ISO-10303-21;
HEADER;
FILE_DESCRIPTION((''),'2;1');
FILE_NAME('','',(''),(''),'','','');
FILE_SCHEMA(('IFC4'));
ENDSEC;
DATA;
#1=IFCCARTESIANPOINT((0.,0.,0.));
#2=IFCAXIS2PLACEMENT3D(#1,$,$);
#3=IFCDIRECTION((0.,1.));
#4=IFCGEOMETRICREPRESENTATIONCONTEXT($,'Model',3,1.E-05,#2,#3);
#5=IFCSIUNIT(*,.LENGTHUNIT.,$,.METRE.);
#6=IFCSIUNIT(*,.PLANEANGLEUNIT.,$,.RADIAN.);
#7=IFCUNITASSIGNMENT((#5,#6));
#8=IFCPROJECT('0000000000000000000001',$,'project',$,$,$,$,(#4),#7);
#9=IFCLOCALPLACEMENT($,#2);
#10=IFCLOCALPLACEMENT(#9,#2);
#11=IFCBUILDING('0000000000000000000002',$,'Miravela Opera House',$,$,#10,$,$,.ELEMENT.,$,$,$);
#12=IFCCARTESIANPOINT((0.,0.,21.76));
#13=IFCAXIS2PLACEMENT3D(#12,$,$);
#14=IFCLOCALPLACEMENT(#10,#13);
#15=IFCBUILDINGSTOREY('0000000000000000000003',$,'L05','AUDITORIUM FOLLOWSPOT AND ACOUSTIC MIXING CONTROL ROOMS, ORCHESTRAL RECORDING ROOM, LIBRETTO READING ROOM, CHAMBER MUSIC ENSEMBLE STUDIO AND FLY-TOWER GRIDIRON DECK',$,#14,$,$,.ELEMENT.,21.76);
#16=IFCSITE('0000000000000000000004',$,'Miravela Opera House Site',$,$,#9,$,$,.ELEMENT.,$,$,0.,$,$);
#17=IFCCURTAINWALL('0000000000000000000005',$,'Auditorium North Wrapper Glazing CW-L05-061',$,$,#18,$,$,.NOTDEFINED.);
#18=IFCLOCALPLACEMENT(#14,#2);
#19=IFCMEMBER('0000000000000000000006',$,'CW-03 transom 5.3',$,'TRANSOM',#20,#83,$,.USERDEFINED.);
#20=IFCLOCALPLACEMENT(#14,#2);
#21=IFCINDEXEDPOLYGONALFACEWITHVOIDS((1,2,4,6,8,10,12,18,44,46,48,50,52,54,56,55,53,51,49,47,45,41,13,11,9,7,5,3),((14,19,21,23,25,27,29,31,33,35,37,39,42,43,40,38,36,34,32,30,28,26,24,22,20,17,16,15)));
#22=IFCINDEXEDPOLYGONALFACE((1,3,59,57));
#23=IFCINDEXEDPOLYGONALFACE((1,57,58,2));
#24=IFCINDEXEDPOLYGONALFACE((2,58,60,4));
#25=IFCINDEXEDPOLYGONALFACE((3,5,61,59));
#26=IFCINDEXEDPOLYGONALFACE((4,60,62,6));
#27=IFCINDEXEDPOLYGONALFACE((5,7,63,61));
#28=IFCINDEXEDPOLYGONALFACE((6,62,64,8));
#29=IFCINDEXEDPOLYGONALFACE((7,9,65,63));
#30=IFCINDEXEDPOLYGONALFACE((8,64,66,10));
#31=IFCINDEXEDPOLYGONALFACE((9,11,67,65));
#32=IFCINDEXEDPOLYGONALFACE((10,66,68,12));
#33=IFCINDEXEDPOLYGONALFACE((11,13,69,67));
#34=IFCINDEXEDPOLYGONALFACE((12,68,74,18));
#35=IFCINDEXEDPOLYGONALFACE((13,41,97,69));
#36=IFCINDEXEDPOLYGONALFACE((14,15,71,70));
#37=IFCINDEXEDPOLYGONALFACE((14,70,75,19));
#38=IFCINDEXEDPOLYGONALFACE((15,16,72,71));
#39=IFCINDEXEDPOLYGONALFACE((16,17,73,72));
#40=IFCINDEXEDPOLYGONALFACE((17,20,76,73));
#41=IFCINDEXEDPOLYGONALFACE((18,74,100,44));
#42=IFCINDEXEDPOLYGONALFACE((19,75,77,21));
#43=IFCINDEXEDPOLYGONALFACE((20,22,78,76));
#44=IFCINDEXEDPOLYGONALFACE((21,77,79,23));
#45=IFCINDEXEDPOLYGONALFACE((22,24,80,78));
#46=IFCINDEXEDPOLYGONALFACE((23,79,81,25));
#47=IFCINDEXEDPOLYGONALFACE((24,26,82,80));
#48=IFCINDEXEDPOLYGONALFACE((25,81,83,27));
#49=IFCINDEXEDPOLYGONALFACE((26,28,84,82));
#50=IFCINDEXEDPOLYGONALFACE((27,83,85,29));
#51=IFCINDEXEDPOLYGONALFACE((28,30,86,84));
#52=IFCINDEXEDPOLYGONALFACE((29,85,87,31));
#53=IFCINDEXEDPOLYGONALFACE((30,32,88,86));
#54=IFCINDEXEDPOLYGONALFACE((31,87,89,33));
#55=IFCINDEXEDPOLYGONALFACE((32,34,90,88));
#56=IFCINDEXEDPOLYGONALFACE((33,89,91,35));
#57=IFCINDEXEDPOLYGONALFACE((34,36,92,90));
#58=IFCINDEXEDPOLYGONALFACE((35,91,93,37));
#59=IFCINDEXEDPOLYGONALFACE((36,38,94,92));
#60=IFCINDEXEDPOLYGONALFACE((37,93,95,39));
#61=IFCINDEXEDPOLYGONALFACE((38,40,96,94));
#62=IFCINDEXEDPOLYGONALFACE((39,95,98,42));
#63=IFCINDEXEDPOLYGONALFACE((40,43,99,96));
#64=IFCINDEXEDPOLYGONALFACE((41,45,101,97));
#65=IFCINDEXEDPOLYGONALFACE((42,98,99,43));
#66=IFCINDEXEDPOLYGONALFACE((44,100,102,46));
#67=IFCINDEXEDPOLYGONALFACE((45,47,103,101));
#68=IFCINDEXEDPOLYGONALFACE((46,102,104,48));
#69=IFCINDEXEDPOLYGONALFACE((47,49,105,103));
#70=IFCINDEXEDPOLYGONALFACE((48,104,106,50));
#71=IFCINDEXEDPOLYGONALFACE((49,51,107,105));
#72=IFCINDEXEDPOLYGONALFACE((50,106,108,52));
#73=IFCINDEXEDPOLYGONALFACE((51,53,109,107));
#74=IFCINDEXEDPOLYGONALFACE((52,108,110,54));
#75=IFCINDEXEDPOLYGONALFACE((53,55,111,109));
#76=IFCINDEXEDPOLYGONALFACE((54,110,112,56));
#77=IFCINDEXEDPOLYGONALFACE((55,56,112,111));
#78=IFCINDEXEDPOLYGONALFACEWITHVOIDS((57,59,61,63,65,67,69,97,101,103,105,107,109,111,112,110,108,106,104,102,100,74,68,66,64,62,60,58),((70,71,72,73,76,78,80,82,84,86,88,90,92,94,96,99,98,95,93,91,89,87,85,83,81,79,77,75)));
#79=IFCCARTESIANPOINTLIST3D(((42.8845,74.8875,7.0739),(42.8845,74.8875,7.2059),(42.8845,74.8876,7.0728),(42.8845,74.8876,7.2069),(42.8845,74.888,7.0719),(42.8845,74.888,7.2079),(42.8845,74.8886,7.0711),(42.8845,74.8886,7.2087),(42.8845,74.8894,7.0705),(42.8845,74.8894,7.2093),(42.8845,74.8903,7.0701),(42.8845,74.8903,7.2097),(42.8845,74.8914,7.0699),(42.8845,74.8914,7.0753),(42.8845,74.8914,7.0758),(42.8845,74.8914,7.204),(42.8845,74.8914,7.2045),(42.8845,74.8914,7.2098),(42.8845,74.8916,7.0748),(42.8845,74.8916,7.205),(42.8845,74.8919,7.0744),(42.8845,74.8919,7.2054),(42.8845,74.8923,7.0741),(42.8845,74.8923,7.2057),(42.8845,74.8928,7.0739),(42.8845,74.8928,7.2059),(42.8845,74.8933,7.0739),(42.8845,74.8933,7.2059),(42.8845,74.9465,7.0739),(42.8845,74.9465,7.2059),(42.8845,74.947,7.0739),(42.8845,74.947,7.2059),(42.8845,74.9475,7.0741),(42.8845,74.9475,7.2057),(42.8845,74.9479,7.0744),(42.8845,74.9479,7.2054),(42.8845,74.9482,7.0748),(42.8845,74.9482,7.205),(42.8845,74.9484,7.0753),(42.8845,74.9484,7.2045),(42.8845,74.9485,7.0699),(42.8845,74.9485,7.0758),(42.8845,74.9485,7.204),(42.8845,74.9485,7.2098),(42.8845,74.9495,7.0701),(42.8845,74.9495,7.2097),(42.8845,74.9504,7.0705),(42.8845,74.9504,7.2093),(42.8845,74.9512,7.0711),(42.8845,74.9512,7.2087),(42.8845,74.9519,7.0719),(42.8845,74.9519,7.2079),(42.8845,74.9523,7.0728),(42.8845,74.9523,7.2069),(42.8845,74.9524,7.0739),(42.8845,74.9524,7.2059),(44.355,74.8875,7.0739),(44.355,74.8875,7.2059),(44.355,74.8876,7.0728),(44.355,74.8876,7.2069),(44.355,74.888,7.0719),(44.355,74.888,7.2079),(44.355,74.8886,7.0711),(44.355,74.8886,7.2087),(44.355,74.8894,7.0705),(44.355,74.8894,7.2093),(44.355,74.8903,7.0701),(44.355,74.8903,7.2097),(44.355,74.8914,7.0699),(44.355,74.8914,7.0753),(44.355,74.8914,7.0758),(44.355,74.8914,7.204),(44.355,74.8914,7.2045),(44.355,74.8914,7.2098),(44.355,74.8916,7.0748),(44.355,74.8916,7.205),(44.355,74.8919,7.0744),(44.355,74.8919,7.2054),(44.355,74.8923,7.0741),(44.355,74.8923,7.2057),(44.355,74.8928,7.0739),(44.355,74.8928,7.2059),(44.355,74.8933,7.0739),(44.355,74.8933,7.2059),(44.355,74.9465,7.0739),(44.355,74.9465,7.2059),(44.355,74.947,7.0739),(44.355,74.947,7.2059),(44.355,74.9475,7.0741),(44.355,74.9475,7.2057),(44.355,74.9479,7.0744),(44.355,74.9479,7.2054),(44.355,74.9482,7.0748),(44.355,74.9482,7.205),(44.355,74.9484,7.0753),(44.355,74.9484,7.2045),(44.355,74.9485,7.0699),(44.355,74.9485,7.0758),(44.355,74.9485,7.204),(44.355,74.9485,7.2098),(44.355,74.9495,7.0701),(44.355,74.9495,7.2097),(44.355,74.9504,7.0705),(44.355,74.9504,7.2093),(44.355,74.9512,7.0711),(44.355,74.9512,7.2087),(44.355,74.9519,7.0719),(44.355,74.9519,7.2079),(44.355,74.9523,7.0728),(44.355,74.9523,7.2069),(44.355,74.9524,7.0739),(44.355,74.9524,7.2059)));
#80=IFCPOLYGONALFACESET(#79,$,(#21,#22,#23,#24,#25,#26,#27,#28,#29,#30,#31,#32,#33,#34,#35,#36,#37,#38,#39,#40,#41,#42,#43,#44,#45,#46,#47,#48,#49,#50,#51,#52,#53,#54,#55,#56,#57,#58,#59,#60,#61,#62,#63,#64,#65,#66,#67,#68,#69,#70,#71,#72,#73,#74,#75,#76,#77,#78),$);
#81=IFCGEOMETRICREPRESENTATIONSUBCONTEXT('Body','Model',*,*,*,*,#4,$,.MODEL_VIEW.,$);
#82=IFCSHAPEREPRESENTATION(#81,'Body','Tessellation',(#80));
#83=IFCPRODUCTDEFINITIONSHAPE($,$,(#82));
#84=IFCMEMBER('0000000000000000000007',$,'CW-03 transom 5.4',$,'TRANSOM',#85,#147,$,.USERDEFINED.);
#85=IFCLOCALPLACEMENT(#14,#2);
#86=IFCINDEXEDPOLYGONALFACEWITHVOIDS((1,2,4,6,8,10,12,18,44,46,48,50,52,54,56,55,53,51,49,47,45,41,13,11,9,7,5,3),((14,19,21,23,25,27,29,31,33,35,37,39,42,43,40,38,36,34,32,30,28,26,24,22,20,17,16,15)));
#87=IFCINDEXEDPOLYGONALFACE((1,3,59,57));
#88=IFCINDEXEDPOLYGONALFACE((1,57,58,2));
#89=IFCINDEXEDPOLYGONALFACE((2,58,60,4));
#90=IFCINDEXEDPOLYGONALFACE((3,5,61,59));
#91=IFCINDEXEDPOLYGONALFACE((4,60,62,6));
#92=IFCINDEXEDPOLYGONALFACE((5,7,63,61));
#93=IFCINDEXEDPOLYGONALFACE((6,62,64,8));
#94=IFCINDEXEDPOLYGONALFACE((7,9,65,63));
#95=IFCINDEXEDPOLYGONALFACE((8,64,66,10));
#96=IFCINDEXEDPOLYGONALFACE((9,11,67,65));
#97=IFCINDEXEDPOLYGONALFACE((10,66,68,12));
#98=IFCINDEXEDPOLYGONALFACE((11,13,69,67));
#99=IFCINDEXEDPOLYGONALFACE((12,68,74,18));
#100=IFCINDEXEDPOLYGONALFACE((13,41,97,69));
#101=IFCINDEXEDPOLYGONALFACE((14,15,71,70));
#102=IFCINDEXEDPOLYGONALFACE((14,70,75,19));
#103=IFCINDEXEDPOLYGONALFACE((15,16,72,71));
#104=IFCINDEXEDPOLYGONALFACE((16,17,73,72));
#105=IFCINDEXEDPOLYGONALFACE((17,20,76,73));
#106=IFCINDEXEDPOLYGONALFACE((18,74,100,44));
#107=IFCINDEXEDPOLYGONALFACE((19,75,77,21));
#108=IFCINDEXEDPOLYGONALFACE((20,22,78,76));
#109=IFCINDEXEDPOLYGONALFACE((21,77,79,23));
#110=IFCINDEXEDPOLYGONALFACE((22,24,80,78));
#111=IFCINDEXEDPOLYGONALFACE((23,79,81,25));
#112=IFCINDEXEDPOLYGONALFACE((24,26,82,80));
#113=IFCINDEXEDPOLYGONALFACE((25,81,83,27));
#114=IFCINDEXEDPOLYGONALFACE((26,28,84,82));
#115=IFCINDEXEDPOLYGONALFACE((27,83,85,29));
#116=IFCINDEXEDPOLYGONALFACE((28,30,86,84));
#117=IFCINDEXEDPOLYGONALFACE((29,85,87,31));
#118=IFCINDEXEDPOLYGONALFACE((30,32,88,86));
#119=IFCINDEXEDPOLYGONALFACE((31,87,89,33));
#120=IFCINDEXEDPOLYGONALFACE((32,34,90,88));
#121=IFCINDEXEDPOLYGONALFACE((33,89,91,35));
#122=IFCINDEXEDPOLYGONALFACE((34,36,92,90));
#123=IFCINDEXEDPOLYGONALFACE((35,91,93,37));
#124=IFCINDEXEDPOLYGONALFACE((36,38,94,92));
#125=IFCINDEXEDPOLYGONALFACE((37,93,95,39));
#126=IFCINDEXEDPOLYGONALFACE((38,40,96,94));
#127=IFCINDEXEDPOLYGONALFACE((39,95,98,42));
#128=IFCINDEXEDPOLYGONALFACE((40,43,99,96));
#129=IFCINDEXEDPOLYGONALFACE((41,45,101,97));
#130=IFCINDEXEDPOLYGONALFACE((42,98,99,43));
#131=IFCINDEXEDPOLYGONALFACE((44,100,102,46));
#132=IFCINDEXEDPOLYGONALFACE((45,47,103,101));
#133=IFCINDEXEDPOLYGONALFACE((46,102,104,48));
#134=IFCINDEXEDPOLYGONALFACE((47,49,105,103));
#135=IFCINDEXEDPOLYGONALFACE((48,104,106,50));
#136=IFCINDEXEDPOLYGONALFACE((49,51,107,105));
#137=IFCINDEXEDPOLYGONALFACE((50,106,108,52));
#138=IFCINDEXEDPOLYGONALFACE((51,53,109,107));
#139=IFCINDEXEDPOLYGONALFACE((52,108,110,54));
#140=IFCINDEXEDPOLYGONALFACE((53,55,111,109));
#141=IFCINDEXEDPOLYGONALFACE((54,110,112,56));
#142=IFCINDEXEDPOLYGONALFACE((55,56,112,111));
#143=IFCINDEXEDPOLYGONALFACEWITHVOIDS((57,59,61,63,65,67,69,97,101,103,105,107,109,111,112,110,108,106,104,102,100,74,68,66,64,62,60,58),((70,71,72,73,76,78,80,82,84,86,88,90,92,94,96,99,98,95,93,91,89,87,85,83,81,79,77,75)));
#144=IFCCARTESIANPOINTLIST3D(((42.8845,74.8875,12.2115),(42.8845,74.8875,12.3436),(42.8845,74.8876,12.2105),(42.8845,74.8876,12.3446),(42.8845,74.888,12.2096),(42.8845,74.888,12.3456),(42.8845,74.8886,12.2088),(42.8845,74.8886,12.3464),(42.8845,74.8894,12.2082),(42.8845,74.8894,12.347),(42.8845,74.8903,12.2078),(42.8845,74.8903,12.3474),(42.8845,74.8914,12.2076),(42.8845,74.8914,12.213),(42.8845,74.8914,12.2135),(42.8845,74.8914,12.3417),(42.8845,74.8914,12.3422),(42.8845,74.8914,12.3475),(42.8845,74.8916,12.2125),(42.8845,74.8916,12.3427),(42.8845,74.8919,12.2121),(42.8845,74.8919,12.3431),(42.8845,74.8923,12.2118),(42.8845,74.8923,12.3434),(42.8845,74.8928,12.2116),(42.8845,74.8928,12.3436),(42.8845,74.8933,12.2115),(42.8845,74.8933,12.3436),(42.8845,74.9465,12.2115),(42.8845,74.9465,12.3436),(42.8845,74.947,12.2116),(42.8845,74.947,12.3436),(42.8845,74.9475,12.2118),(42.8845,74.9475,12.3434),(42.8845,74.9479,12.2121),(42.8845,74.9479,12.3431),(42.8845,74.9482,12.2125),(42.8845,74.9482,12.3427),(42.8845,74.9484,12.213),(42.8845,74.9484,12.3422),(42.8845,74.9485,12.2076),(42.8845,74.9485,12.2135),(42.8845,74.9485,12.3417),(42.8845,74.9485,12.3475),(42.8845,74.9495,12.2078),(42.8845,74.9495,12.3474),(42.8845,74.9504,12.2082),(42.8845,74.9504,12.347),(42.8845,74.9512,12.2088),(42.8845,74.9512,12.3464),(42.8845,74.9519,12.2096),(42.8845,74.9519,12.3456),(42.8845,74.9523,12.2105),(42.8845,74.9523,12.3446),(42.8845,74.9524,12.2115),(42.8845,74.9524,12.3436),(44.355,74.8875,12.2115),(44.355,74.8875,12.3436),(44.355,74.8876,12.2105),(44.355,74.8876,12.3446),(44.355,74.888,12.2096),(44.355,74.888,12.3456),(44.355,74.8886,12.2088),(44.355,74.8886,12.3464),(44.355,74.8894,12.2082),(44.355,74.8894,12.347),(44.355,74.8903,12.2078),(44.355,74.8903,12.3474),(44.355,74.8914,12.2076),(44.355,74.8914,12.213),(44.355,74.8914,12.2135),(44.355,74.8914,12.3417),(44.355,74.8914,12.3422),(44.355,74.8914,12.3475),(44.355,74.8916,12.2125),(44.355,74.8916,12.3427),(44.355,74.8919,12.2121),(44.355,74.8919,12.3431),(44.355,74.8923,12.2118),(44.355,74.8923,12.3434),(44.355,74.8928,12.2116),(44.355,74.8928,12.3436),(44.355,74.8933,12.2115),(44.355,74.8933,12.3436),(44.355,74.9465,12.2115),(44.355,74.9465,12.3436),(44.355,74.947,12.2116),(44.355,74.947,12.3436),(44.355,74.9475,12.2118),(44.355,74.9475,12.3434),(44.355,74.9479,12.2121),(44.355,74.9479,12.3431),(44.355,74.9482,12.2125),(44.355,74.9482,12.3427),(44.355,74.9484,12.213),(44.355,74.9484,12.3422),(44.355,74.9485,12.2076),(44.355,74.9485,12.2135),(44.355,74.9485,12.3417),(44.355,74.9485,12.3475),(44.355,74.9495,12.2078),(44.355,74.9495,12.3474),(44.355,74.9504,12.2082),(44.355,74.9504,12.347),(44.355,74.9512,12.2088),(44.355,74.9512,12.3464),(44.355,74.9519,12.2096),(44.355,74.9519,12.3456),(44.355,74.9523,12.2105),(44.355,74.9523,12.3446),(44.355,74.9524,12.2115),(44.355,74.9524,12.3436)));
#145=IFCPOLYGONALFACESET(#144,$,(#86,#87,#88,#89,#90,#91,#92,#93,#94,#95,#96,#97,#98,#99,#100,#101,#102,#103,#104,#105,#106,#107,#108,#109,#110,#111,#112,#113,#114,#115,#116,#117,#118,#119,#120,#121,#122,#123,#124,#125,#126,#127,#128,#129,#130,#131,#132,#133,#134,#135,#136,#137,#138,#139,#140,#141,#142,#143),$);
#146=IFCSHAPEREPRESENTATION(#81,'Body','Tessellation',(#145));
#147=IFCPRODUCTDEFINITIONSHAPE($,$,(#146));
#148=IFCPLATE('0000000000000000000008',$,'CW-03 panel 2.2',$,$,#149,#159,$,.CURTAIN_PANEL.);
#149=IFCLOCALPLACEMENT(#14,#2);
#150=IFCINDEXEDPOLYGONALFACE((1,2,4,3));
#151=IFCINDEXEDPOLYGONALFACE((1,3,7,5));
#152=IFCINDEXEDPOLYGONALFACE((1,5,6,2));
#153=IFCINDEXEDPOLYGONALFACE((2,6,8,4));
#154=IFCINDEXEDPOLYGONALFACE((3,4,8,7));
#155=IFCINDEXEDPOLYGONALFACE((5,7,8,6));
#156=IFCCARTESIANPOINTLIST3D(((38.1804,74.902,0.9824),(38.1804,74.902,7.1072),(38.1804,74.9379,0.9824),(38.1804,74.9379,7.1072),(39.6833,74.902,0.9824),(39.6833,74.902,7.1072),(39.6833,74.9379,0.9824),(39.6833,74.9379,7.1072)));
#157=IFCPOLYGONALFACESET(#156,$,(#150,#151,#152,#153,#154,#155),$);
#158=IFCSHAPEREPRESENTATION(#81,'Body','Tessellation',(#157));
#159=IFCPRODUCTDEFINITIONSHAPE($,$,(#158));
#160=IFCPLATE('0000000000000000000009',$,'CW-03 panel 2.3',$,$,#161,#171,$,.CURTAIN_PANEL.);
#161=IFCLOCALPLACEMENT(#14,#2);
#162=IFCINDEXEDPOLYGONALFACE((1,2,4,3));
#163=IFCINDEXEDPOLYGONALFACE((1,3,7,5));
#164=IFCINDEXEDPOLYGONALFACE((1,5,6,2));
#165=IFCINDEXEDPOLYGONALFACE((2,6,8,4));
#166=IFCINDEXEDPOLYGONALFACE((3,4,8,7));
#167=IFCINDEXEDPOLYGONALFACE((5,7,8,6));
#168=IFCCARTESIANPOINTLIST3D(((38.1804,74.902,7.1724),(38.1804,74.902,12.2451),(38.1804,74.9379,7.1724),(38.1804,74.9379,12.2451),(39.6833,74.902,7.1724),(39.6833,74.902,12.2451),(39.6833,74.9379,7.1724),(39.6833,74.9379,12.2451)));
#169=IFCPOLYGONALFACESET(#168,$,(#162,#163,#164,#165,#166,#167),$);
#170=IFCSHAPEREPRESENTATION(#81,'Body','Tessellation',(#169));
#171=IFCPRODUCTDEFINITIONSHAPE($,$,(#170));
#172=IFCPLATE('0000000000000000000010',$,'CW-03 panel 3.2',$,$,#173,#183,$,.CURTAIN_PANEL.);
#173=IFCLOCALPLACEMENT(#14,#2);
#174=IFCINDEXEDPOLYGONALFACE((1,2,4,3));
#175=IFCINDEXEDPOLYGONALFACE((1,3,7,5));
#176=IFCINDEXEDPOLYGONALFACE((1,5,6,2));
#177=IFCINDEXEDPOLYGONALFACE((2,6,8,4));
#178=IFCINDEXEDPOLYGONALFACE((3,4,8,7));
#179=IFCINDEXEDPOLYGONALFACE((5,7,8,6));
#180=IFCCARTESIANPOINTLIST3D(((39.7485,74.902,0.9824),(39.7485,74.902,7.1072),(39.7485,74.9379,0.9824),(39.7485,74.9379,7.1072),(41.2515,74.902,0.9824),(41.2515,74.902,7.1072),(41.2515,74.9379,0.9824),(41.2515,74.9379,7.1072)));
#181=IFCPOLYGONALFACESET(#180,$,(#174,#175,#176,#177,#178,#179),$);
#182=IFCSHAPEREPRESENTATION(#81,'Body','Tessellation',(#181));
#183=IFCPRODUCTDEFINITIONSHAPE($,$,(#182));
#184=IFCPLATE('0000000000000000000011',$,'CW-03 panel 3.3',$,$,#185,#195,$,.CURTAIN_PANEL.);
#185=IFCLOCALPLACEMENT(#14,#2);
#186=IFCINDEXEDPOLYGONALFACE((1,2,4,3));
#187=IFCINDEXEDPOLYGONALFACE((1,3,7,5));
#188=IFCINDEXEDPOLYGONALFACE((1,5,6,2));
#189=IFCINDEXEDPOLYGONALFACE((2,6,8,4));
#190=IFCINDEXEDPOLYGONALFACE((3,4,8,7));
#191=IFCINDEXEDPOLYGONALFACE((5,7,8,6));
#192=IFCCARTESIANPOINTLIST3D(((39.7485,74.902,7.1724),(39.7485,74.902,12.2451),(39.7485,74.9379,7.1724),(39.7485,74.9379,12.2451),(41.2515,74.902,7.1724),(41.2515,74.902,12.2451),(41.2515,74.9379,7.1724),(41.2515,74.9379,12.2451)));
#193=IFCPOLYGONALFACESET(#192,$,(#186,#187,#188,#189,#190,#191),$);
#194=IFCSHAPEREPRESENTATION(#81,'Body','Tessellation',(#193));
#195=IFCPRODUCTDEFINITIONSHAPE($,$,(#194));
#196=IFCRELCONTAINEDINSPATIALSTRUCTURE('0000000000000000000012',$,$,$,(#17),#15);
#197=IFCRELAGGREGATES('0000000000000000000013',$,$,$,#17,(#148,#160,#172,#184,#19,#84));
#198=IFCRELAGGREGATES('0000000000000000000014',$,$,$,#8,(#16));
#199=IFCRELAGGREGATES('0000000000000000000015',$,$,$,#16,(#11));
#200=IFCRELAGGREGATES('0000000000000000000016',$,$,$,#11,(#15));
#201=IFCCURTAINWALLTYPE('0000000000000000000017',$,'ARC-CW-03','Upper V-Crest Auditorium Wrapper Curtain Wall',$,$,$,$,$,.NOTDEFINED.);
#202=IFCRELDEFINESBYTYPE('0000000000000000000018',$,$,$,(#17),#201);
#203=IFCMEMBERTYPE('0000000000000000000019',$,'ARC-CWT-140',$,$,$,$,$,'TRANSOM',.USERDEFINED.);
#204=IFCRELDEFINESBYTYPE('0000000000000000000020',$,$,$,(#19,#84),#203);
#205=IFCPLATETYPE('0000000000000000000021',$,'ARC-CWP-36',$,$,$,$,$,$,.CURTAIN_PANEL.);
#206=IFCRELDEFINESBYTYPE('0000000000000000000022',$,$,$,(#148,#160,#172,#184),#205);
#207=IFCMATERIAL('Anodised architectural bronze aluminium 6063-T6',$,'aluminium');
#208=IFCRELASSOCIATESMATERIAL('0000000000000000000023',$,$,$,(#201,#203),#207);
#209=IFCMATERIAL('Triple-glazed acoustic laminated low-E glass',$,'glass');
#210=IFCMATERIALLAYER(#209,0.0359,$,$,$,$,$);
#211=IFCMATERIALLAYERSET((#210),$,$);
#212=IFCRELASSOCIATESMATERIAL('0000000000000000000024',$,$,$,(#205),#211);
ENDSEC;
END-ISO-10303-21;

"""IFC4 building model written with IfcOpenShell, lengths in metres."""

from ifc_helpers import new_model, si_unit, direction, frame, origin, origin_2d, place, context, subcontext, project, spatial, rectangle, hollow_rectangle, extrude, material, layer, layer_set, material_profile, profile_set, type_object, element, aggregate, save


model = new_model("IFC4")

# Units and contexts
model_context = context("Model", 3, precision=1e-05, world=origin(), true_north=direction((0.0, 1.0)))
body_context = subcontext(model_context, "Body", "Model", "MODEL_VIEW")
ifc_project = project(units=[si_unit("LENGTHUNIT", "METRE"), si_unit("PLANEANGLEUNIT", "RADIAN")], contexts=[model_context])

# Site, building, storey
site_placement = place(None, origin())
site = spatial("IfcSite", under=ifc_project, at=site_placement, Name="Miravela Opera House Site", CompositionType="ELEMENT", RefElevation=0.0)
building_placement = place(site_placement, origin())
building = spatial("IfcBuilding", under=site, at=building_placement, Name="Miravela Opera House", CompositionType="ELEMENT")
storey_placement = place(building_placement, frame((0.0, 0.0, 21.76)))
storey = spatial("IfcBuildingStorey", under=building, at=storey_placement, Name="L05", Description="AUDITORIUM FOLLOWSPOT AND ACOUSTIC MIXING CONTROL ROOMS, ORCHESTRAL RECORDING ROOM, LIBRETTO READING ROOM, CHAMBER MUSIC ENSEMBLE STUDIO AND FLY-TOWER GRIDIRON DECK", CompositionType="ELEMENT", Elevation=21.76)

# Curtain wall, members, plates
ifc_material_1 = material(Name="Anodised architectural bronze aluminium 6063-T6", Category="aluminium")
curtain_wall_type = type_object("IfcCurtainWallType", Name="ARC-CW-03", Description="Upper V-Crest Auditorium Wrapper Curtain Wall", PredefinedType="NOTDEFINED", material=ifc_material_1)
curtain_wall_placement = place(storey_placement, origin())
curtain_wall = element("IfcCurtainWall", 1, at=curtain_wall_placement, inside=storey, type_object=curtain_wall_type, Name="Auditorium North Wrapper Glazing CW-L05-061", PredefinedType="NOTDEFINED")
ifc_material_profile = material_profile(ifc_material_1, hollow_rectangle(XDim=0.0649, YDim=0.1399, WallThickness=0.0039, InnerFilletRadius=0.002, OuterFilletRadius=0.0039, at=origin_2d()), Name="CWT-65X140")
ifc_profile_set = profile_set([ifc_material_profile])
member_type = type_object("IfcMemberType", Name="ARC-CWT-140", ElementType="TRANSOM", PredefinedType="USERDEFINED", material=ifc_profile_set)
member_1_placement = place(storey_placement, frame((42.8845, 74.9199, 7.1399), z_axis=(1.0, 0.0, 0.0), x_axis=(0.0, 1.0, 0.0)))
member_1 = element("IfcMember", 2, at=member_1_placement, type_object=member_type, Name="CW-03 transom 5.3", ObjectType="TRANSOM", PredefinedType="USERDEFINED", context=body_context, shape_type="SweptSolid", body=[
    extrude(hollow_rectangle(XDim=0.0649, YDim=0.1399, WallThickness=0.0039, InnerFilletRadius=0.002, OuterFilletRadius=0.0039, at=origin_2d()), origin(), (0.0, 0.0, 1.0), 1.4705),
])
member_2_placement = place(storey_placement, frame((42.8845, 74.9199, 12.2776), z_axis=(1.0, 0.0, 0.0), x_axis=(0.0, 1.0, 0.0)))
member_2 = element("IfcMember", 3, at=member_2_placement, type_object=member_type, Name="CW-03 transom 5.4", ObjectType="TRANSOM", PredefinedType="USERDEFINED", context=body_context, shape_type="SweptSolid", body=[
    extrude(hollow_rectangle(XDim=0.0649, YDim=0.1399, WallThickness=0.0039, InnerFilletRadius=0.002, OuterFilletRadius=0.0039, at=origin_2d()), origin(), (0.0, 0.0, 1.0), 1.4705),
])
ifc_material_2 = material(Name="Triple-glazed acoustic laminated low-E glass", Category="glass")
ifc_layer_1 = layer(ifc_material_2, 0.0359)
ifc_layer_set_1 = layer_set([ifc_layer_1])
plate_type_1 = type_object("IfcPlateType", Name="ARC-CWP-36", PredefinedType="CURTAIN_PANEL", material=ifc_layer_set_1)
plate_1_placement = place(storey_placement, frame((38.9319, 74.9199, 0.9824), z_axis=(0.0, 0.0, 1.0), x_axis=(1.0, 0.0, 0.0)))
plate_1 = element("IfcPlate", 4, at=plate_1_placement, type_object=plate_type_1, Name="CW-03 panel 2.2", PredefinedType="CURTAIN_PANEL", context=body_context, shape_type="SweptSolid", body=[
    extrude(rectangle(XDim=1.5029, YDim=0.0359, at=origin_2d()), origin(), (0.0, 0.0, 1.0), 6.1248),
])
plate_2_placement = place(storey_placement, frame((38.9319, 74.9199, 7.1724), z_axis=(0.0, 0.0, 1.0), x_axis=(1.0, 0.0, 0.0)))
plate_2 = element("IfcPlate", 5, at=plate_2_placement, type_object=plate_type_1, Name="CW-03 panel 2.3", PredefinedType="CURTAIN_PANEL", context=body_context, shape_type="SweptSolid", body=[
    extrude(rectangle(XDim=1.5029, YDim=0.0359, at=origin_2d()), origin(), (0.0, 0.0, 1.0), 5.0728),
])
plate_3_placement = place(storey_placement, frame((40.5, 74.9199, 0.9824), z_axis=(0.0, 0.0, 1.0), x_axis=(1.0, 0.0, 0.0)))
plate_3 = element("IfcPlate", 6, at=plate_3_placement, type_object=plate_type_1, Name="CW-03 panel 3.2", PredefinedType="CURTAIN_PANEL", context=body_context, shape_type="SweptSolid", body=[
    extrude(rectangle(XDim=1.5029, YDim=0.0359, at=origin_2d()), origin(), (0.0, 0.0, 1.0), 6.1248),
])
plate_4_placement = place(storey_placement, frame((40.5, 74.9199, 7.1724), z_axis=(0.0, 0.0, 1.0), x_axis=(1.0, 0.0, 0.0)))
plate_4 = element("IfcPlate", 7, at=plate_4_placement, type_object=plate_type_1, Name="CW-03 panel 3.3", PredefinedType="CURTAIN_PANEL", context=body_context, shape_type="SweptSolid", body=[
    extrude(rectangle(XDim=1.5029, YDim=0.0359, at=origin_2d()), origin(), (0.0, 0.0, 1.0), 5.0728),
])
aggregate(curtain_wall, [plate_1, plate_2, plate_3, plate_4, member_1, member_2])

save(model, "model.ifc")
